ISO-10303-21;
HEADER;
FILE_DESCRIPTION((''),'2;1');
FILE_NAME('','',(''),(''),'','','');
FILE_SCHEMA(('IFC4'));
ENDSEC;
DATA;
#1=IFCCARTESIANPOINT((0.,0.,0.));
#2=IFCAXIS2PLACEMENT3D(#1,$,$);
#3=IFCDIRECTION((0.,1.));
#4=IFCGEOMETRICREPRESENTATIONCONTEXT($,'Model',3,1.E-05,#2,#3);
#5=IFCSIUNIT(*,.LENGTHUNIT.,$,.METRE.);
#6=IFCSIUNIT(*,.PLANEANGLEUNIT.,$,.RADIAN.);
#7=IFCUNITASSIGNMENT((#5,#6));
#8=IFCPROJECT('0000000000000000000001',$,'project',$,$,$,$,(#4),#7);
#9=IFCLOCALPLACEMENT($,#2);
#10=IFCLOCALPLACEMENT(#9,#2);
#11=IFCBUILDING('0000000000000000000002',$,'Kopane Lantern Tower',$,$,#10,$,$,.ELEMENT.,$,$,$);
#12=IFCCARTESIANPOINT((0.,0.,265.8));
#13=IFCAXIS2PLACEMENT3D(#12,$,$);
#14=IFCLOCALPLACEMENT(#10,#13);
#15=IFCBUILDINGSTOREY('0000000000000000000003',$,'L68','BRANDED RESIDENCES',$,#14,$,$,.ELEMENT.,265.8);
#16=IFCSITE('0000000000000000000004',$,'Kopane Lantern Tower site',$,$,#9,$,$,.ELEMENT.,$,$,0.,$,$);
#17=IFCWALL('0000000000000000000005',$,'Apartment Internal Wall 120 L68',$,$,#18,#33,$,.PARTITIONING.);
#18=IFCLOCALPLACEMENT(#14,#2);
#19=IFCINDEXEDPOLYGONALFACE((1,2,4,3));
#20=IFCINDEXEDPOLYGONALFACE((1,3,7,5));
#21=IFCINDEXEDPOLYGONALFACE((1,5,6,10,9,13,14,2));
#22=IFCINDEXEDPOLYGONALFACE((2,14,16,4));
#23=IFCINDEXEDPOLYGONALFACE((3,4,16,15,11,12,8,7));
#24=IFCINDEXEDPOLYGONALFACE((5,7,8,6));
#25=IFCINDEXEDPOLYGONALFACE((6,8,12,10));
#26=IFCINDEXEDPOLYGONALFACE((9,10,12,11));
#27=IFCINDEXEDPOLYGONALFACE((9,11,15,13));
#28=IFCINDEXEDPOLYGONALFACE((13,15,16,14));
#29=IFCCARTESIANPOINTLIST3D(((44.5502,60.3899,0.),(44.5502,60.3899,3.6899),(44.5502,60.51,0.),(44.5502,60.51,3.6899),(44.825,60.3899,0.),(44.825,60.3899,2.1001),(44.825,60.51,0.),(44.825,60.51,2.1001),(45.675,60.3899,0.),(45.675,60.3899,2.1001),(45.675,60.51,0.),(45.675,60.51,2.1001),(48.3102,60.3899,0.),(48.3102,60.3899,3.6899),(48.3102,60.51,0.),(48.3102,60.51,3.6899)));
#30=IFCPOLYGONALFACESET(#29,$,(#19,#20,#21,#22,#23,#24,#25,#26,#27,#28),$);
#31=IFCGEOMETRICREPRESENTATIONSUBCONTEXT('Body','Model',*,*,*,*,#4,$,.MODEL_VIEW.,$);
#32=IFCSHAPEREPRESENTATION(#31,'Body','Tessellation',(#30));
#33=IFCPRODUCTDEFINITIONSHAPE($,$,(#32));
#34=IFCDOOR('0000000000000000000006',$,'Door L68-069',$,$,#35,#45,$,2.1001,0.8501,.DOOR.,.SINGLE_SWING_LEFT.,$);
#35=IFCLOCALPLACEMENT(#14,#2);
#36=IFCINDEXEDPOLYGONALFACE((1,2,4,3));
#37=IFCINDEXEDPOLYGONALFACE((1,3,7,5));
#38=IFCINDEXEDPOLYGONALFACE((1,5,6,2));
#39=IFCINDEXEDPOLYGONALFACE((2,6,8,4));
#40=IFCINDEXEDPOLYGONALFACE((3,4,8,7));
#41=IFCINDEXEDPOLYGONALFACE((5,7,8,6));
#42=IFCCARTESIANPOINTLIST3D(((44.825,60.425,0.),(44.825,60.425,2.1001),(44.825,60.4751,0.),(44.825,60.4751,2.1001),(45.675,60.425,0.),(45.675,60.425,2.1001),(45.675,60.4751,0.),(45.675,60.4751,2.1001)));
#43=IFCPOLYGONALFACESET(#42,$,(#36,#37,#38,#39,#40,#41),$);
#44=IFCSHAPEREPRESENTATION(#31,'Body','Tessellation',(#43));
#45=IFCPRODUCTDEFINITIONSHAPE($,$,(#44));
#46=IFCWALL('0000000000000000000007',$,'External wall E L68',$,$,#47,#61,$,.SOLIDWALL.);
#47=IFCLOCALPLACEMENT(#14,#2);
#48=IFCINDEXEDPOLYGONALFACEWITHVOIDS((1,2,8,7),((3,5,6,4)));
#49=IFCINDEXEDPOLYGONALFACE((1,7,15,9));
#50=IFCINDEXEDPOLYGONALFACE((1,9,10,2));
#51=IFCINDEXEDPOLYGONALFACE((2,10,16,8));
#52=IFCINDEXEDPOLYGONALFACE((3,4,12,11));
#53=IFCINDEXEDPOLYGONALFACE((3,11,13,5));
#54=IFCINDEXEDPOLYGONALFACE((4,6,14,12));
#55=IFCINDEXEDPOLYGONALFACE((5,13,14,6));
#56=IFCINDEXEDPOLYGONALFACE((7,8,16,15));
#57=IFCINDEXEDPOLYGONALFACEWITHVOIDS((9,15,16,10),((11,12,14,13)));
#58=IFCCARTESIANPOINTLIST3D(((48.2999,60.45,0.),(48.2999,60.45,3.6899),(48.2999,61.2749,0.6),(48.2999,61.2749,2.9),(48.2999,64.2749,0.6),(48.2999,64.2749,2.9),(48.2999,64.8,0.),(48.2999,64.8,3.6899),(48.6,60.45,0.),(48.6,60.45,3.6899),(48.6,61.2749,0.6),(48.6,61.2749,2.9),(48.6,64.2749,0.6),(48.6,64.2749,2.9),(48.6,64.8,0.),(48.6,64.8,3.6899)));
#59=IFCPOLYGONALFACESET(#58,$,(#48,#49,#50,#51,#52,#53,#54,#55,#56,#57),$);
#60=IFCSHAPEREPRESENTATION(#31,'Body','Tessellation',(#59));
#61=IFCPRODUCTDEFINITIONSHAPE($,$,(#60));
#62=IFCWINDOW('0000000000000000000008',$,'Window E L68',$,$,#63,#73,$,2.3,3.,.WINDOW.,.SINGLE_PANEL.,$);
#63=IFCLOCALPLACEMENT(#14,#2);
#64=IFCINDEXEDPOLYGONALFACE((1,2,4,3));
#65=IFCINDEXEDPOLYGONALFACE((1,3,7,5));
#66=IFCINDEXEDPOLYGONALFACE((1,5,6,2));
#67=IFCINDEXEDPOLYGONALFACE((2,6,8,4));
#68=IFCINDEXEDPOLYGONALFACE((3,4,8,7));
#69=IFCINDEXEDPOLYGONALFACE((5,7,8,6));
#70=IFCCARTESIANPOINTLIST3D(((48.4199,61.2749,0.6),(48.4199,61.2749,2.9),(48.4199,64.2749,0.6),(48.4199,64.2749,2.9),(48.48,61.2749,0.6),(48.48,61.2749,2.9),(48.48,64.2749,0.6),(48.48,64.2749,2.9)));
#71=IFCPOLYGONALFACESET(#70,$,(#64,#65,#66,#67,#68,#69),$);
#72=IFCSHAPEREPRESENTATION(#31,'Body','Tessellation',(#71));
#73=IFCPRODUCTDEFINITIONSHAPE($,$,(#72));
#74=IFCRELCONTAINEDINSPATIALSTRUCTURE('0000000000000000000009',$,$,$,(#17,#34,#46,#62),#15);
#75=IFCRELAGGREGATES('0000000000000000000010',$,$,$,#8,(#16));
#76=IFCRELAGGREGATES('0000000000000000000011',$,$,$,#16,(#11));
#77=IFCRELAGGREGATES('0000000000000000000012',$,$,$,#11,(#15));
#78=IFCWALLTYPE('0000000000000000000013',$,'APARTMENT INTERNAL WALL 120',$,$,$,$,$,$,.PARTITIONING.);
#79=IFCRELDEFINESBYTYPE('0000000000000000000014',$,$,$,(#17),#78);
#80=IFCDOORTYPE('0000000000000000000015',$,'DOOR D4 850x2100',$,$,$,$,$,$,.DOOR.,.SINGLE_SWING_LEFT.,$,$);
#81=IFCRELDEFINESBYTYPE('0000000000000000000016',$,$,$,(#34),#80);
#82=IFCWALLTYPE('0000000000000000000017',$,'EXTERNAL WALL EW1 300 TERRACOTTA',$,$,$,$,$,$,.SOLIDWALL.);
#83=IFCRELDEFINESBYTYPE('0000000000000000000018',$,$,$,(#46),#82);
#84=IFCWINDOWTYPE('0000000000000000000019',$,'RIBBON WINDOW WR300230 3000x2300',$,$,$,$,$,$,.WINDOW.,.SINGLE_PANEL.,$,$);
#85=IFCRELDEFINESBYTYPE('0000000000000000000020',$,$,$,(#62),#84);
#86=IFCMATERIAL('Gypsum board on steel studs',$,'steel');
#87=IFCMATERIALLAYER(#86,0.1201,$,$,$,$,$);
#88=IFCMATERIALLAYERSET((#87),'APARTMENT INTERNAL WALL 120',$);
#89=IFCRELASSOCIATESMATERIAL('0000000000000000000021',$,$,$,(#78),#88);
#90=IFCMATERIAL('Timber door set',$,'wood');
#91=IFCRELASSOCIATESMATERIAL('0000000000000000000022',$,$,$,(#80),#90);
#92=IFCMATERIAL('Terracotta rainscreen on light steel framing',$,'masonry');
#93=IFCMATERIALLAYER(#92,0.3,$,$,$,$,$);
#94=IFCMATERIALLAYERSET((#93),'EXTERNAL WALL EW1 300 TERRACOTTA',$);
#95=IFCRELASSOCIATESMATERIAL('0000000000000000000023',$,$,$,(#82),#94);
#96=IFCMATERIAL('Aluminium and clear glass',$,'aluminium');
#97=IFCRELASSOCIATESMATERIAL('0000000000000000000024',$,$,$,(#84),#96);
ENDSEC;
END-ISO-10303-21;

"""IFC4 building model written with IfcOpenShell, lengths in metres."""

from ifc_helpers import new_model, si_unit, direction, frame, frame_2d, origin, place, context, subcontext, project, spatial, rectangle, extrude, material, layer, layer_set, type_object, element, fill, save


model = new_model("IFC4")

# Units and contexts
model_context = context("Model", 3, precision=1e-05, world=origin(), true_north=direction((0.0, 1.0)))
body_context = subcontext(model_context, "Body", "Model", "MODEL_VIEW")
ifc_project = project(units=[si_unit("LENGTHUNIT", "METRE"), si_unit("PLANEANGLEUNIT", "RADIAN")], contexts=[model_context])

# Site, building, storey
site_placement = place(None, origin())
site = spatial("IfcSite", under=ifc_project, at=site_placement, Name="Kopane Lantern Tower site", CompositionType="ELEMENT", RefElevation=0.0)
building_placement = place(site_placement, origin())
building = spatial("IfcBuilding", under=site, at=building_placement, Name="Kopane Lantern Tower", CompositionType="ELEMENT")
storey_placement = place(building_placement, frame((0.0, 0.0, 265.8)))
storey = spatial("IfcBuildingStorey", under=building, at=storey_placement, Name="L68", Description="BRANDED RESIDENCES", CompositionType="ELEMENT", Elevation=265.8)

# Shared definitions
ifc_material_1 = material(Name="Gypsum board on steel studs", Category="steel")
ifc_layer_1 = layer(ifc_material_1, 0.1201)
ifc_layer_set_1 = layer_set([ifc_layer_1], Name="APARTMENT INTERNAL WALL 120")
wall_type_1 = type_object("IfcWallType", Name="APARTMENT INTERNAL WALL 120", PredefinedType="PARTITIONING", material=ifc_layer_set_1)
ifc_material_2 = material(Name="Timber door set", Category="wood")
door_type = type_object("IfcDoorType", Name="DOOR D4 850x2100", OperationType="SINGLE_SWING_LEFT", PredefinedType="DOOR", material=ifc_material_2)

# Wall, opening, door
wall_1_placement = place(storey_placement, frame((48.3101, 60.45, 0.0), z_axis=(0.0, 0.0, 1.0), x_axis=(-1.0, 0.0, 0.0)))
wall_1 = element("IfcWall", 1, at=wall_1_placement, inside=storey, type_object=wall_type_1, Name="Apartment Internal Wall 120 L68", PredefinedType="PARTITIONING", context=body_context, shape_type="SweptSolid", body=[
    extrude(rectangle(XDim=3.76, YDim=0.1201, at=frame_2d((1.8799, 0.0))), origin(), (0.0, 0.0, 1.0), 3.6899),
])
opening_1_placement = place(wall_1_placement, frame((2.635, 0.0, 0.0)))
opening_1 = element("IfcOpeningElement", 2, at=opening_1_placement, cuts=wall_1, PredefinedType="OPENING", context=body_context, shape_type="SweptSolid", body=[
    extrude(rectangle(XDim=0.8501, YDim=2.1001, at=frame_2d((0.425, 1.05))), frame((0.0, 0.0701, 0.0), z_axis=(0.0, -1.0, 0.0), x_axis=(1.0, 0.0, 0.0)), (0.0, 0.0, 1.0), 0.1401),
])
door_1_placement = place(opening_1_placement, origin())
door_1 = element("IfcDoor", 3, at=door_1_placement, inside=storey, type_object=door_type, Name="Door L68-069", OperationType="SINGLE_SWING_LEFT", OverallHeight=2.1001, OverallWidth=0.8501, PredefinedType="DOOR", context=body_context, shape_type="SweptSolid", body=[
    extrude(rectangle(XDim=0.8501, YDim=2.1001, at=frame_2d((0.425, 1.05))), frame((0.0, 0.0249, 0.0), z_axis=(0.0, -1.0, 0.0), x_axis=(1.0, 0.0, 0.0)), (0.0, 0.0, 1.0), 0.05),
])
fill(opening_1, door_1)

# Wall, opening, window
ifc_material_3 = material(Name="Terracotta rainscreen on light steel framing", Category="masonry")
ifc_layer_2 = layer(ifc_material_3, 0.3)
ifc_layer_set_2 = layer_set([ifc_layer_2], Name="EXTERNAL WALL EW1 300 TERRACOTTA")
wall_type_2 = type_object("IfcWallType", Name="EXTERNAL WALL EW1 300 TERRACOTTA", PredefinedType="SOLIDWALL", material=ifc_layer_set_2)
wall_2_placement = place(storey_placement, frame((48.45, 60.45, 0.0), z_axis=(0.0, 0.0, 1.0), x_axis=(0.0, 1.0, 0.0)))
wall_2 = element("IfcWall", 4, at=wall_2_placement, inside=storey, type_object=wall_type_2, Name="External wall E L68", PredefinedType="SOLIDWALL", context=body_context, shape_type="SweptSolid", body=[
    extrude(rectangle(XDim=4.3501, YDim=0.3, at=frame_2d((2.175, 0.0))), origin(), (0.0, 0.0, 1.0), 3.6899),
])
opening_2_placement = place(wall_2_placement, frame((0.825, 0.0, 0.6001)))
opening_2 = element("IfcOpeningElement", 5, at=opening_2_placement, cuts=wall_2, PredefinedType="OPENING", context=body_context, shape_type="SweptSolid", body=[
    extrude(rectangle(XDim=3.0, YDim=2.3, at=frame_2d((1.5, 1.1499))), frame((0.0, 0.1599, 0.0), z_axis=(0.0, -1.0, 0.0), x_axis=(1.0, 0.0, 0.0)), (0.0, 0.0, 1.0), 0.3201),
])
ifc_material_4 = material(Name="Aluminium and clear glass", Category="aluminium")
window_type_1 = type_object("IfcWindowType", Name="RIBBON WINDOW WR300230 3000x2300", PartitioningType="SINGLE_PANEL", PredefinedType="WINDOW", material=ifc_material_4)
window_1_placement = place(opening_2_placement, origin())
window_1 = element("IfcWindow", 6, at=window_1_placement, inside=storey, type_object=window_type_1, Name="Window E L68", OverallHeight=2.3, OverallWidth=3.0, PartitioningType="SINGLE_PANEL", PredefinedType="WINDOW", context=body_context, shape_type="SweptSolid", body=[
    extrude(rectangle(XDim=3.0, YDim=2.3, at=frame_2d((1.5, 1.1499))), frame((0.0, 0.03, 0.0), z_axis=(0.0, -1.0, 0.0), x_axis=(1.0, 0.0, 0.0)), (0.0, 0.0, 1.0), 0.0601),
])
fill(opening_2, window_1)

save(model, "model.ifc")
